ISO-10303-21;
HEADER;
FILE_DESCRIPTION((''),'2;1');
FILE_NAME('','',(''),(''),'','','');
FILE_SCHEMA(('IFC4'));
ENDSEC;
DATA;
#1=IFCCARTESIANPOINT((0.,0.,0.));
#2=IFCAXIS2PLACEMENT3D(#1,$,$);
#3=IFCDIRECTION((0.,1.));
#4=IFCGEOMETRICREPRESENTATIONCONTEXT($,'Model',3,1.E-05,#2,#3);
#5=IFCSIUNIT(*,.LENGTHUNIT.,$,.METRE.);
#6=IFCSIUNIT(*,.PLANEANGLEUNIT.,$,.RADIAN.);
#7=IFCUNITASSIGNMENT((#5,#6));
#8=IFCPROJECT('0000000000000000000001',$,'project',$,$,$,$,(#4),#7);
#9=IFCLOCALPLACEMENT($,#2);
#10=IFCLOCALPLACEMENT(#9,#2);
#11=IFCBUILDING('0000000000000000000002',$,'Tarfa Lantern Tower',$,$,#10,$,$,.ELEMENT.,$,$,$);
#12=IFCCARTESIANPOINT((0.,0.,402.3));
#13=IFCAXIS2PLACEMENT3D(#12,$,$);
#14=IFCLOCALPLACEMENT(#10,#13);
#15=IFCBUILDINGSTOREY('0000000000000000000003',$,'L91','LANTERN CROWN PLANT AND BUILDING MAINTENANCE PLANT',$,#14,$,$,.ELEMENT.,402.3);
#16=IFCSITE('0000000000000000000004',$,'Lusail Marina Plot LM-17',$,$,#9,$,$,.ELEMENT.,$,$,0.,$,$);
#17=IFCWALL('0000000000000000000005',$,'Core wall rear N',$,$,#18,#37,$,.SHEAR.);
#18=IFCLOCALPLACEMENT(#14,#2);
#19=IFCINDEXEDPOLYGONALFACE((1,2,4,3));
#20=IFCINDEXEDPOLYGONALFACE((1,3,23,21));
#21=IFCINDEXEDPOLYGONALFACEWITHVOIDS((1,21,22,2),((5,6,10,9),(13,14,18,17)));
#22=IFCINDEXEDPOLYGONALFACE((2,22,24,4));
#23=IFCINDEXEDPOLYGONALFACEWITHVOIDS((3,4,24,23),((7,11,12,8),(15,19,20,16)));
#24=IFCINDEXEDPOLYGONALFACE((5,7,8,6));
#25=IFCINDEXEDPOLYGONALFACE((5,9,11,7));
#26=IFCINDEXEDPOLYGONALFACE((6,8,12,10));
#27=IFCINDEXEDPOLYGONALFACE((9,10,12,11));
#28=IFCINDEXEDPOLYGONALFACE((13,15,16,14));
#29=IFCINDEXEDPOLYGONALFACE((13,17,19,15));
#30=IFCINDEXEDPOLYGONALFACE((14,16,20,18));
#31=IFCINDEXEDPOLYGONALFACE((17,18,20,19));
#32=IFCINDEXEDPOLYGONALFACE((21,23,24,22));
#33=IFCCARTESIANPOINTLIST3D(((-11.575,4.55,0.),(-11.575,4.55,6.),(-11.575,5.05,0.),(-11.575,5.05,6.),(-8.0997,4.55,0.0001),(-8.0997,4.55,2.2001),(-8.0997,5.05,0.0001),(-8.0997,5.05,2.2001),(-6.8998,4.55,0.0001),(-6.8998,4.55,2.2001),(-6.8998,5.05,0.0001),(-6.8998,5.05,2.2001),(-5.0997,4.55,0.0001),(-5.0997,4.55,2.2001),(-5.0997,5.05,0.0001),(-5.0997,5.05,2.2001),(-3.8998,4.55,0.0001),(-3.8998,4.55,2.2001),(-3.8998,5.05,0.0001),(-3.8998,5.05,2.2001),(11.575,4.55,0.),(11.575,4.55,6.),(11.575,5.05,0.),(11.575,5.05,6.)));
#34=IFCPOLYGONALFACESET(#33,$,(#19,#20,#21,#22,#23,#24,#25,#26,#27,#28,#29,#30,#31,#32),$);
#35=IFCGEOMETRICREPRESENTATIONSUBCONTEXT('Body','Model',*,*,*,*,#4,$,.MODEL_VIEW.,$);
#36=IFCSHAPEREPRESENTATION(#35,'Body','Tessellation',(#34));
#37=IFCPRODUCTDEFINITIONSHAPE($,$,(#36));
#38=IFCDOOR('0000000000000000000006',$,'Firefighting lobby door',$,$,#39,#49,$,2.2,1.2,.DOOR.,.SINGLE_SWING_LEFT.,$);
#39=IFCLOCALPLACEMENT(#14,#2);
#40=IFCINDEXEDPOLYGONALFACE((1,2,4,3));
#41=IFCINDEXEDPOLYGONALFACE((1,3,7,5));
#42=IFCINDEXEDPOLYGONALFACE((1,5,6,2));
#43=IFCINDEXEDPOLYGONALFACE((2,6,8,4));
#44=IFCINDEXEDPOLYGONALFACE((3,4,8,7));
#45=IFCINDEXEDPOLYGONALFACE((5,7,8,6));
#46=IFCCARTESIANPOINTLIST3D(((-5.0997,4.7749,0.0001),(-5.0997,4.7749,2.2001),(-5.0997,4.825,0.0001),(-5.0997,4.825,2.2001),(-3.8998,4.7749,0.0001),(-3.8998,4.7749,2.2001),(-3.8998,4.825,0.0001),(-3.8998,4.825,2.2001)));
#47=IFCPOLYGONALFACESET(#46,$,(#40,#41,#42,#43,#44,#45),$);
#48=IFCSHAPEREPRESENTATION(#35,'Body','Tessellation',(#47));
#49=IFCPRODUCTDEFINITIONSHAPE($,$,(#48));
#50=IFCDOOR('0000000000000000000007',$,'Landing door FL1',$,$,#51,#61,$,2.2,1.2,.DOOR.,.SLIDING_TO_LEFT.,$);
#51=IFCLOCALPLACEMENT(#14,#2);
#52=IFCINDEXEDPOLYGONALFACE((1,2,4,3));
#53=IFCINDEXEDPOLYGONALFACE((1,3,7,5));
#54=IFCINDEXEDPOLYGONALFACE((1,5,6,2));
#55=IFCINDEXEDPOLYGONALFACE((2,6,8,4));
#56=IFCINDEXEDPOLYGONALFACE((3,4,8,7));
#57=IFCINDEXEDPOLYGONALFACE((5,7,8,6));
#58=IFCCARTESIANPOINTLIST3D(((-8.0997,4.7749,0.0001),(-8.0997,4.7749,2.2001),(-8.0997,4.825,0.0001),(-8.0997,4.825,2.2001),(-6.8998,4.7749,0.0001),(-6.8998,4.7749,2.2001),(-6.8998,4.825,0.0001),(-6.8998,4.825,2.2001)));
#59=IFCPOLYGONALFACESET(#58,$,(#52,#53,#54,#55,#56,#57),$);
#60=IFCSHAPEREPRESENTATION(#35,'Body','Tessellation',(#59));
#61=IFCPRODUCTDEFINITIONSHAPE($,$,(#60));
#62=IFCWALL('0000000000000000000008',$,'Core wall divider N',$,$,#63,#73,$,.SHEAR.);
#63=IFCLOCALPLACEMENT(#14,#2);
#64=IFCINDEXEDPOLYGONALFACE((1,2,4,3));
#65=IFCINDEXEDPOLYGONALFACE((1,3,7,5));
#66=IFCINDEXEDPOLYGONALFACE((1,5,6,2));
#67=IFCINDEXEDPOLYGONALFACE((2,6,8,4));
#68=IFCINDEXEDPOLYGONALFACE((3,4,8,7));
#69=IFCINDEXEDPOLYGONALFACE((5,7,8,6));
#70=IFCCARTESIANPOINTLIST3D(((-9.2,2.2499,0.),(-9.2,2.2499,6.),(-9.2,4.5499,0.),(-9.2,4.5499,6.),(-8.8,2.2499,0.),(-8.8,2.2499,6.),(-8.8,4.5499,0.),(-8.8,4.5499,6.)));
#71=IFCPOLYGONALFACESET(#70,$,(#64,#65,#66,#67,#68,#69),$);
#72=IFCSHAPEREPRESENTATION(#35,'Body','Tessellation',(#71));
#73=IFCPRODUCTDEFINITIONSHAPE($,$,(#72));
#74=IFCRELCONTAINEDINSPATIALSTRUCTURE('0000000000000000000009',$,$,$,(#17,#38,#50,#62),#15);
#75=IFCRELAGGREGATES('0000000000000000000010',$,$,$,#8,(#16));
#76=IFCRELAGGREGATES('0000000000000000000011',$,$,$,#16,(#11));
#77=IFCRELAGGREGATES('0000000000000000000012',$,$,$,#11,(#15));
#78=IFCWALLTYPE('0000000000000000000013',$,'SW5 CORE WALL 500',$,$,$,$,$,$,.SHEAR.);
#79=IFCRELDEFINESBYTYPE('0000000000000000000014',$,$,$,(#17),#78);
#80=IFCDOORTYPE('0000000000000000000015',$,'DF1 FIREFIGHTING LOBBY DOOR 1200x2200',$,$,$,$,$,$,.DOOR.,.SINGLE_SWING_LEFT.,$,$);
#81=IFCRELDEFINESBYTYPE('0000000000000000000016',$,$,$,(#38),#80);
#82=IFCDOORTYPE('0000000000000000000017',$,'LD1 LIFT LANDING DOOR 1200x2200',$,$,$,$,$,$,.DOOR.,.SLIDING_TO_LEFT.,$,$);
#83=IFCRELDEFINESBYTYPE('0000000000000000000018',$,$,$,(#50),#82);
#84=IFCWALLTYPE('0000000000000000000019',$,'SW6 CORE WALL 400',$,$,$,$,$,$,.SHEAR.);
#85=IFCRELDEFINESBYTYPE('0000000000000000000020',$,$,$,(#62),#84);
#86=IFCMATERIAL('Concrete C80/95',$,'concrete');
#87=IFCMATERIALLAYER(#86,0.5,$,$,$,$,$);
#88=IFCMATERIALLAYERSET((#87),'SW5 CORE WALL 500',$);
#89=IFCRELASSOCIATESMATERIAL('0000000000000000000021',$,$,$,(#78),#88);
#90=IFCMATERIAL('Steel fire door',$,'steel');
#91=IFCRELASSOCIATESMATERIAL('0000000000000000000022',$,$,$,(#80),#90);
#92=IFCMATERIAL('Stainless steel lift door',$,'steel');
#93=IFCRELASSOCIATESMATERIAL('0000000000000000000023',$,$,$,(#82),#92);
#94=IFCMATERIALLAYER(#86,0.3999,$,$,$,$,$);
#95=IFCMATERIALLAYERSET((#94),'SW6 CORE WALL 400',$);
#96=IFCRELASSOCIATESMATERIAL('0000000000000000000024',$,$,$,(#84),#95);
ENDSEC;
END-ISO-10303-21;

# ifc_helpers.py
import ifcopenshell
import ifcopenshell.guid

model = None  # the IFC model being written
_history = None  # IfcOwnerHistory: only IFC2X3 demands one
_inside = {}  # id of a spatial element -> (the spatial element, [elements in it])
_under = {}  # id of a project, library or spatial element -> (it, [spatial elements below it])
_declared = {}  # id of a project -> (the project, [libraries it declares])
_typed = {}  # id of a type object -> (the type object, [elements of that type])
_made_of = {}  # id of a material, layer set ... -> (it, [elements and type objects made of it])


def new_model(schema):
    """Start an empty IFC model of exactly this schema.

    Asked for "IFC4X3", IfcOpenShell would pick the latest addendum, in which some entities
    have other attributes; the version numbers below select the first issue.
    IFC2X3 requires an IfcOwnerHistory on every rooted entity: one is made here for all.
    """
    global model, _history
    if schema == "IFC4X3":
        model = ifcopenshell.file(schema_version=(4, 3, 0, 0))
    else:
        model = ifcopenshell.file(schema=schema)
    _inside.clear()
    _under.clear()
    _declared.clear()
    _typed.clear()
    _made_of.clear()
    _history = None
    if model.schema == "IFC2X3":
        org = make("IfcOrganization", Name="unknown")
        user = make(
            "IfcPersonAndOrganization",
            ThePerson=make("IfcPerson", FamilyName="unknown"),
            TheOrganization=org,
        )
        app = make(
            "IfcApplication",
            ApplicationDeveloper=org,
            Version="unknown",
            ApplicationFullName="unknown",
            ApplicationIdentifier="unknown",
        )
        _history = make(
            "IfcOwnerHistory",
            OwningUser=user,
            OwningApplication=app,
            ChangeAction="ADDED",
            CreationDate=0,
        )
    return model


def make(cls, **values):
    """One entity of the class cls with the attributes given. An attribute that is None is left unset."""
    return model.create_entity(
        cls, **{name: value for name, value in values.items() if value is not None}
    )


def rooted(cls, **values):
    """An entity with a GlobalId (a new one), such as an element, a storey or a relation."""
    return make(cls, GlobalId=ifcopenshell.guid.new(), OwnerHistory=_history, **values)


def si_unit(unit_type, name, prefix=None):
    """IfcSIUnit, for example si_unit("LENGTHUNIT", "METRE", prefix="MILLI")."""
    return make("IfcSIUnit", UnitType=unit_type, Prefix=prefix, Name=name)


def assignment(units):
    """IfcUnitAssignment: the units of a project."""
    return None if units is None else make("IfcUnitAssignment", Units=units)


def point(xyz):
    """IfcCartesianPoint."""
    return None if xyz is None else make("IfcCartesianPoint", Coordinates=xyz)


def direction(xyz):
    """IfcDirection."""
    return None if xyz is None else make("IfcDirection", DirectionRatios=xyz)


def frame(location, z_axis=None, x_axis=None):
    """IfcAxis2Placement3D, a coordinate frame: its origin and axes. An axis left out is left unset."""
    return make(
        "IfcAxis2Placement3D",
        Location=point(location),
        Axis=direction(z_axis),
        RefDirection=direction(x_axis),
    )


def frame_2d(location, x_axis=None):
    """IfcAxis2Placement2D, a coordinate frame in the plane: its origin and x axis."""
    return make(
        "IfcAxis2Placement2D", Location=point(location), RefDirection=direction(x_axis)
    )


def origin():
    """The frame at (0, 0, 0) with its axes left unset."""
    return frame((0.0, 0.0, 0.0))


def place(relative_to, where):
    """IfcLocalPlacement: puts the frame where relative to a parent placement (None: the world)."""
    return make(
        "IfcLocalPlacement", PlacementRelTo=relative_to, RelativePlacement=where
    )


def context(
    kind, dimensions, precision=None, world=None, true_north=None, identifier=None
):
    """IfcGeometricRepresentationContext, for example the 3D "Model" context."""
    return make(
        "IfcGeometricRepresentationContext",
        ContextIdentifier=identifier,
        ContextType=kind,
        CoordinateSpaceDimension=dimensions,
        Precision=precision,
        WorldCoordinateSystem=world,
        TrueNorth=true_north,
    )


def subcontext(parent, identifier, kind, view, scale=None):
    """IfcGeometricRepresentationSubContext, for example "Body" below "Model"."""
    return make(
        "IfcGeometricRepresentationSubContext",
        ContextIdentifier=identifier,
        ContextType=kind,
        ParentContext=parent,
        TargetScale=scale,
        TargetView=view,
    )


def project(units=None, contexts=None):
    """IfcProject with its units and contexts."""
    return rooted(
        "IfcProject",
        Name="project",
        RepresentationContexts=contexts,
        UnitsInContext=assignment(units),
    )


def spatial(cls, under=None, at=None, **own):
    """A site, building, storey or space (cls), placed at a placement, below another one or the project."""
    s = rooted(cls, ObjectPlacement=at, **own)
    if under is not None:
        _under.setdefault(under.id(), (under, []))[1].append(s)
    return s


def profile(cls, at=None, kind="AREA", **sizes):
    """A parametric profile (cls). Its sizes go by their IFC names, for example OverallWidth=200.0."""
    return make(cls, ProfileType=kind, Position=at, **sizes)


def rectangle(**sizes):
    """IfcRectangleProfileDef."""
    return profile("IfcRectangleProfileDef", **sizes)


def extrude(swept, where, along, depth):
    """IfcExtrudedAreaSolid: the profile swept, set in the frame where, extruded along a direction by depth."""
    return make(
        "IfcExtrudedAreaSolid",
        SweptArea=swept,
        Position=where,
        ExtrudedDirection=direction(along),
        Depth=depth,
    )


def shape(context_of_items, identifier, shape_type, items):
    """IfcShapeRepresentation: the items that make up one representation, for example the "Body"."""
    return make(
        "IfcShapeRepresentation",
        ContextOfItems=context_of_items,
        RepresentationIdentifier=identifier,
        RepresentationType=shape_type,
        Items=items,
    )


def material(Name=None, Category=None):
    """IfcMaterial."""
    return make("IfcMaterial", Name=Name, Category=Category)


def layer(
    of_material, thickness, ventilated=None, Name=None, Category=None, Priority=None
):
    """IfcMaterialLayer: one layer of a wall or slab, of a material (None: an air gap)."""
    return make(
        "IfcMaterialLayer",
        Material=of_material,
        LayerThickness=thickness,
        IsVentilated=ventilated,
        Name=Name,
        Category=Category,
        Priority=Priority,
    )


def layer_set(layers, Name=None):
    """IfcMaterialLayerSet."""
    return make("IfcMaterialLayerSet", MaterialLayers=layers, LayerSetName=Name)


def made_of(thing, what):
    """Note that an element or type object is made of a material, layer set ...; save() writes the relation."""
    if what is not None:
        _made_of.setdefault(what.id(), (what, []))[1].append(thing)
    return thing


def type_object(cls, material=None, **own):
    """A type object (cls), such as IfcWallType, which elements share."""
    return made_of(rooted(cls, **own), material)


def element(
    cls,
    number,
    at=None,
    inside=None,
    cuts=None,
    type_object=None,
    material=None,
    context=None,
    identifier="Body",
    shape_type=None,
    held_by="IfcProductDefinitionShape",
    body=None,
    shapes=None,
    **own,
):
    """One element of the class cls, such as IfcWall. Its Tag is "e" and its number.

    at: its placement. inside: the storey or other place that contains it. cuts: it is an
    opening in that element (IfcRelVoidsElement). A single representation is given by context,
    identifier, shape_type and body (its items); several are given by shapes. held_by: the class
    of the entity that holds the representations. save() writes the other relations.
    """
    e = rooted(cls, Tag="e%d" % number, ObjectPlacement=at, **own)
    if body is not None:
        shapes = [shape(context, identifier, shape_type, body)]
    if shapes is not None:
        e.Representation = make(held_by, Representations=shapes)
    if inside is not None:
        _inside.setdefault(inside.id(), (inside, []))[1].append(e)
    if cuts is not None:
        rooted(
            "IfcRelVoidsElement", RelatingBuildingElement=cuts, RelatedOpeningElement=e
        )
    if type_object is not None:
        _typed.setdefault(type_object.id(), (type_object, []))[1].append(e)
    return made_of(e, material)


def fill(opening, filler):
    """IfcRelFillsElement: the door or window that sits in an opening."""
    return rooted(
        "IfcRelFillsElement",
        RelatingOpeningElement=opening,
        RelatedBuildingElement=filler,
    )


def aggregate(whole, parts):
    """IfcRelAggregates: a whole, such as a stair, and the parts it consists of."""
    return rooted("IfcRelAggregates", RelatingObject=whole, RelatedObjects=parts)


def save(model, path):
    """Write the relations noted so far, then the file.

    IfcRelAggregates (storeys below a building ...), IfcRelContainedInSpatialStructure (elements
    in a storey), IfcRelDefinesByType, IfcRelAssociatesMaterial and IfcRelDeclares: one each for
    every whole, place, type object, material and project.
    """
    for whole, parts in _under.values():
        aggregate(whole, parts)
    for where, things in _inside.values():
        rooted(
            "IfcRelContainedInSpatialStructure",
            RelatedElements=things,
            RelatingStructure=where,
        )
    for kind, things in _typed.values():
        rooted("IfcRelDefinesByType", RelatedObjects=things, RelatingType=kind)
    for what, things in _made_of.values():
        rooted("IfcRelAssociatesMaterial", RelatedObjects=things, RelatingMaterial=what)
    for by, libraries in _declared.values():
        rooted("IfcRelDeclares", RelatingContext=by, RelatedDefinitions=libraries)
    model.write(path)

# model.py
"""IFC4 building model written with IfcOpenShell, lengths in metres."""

from ifc_helpers import new_model, si_unit, direction, frame, frame_2d, origin, place, context, subcontext, project, spatial, rectangle, extrude, material, layer, layer_set, type_object, element, fill, save


model = new_model("IFC4")

# Units and contexts
model_context = context("Model", 3, precision=1e-05, world=origin(), true_north=direction((0.0, 1.0)))
body_context = subcontext(model_context, "Body", "Model", "MODEL_VIEW")
ifc_project = project(units=[si_unit("LENGTHUNIT", "METRE"), si_unit("PLANEANGLEUNIT", "RADIAN")], contexts=[model_context])

# Site, building, storey
site_placement = place(None, origin())
site = spatial("IfcSite", under=ifc_project, at=site_placement, Name="Lusail Marina Plot LM-17", CompositionType="ELEMENT", RefElevation=0.0)
building_placement = place(site_placement, origin())
building = spatial("IfcBuilding", under=site, at=building_placement, Name="Tarfa Lantern Tower", CompositionType="ELEMENT")
storey_placement = place(building_placement, frame((0.0, 0.0, 402.3)))
storey = spatial("IfcBuildingStorey", under=building, at=storey_placement, Name="L91", Description="LANTERN CROWN PLANT AND BUILDING MAINTENANCE PLANT", CompositionType="ELEMENT", Elevation=402.3)

# Shared definitions
ifc_material_1 = material(Name="Concrete C80/95", Category="concrete")
ifc_material_2 = material(Name="Steel fire door", Category="steel")
ifc_layer_1 = layer(ifc_material_1, 0.5)
ifc_layer_set_1 = layer_set([ifc_layer_1], Name="SW5 CORE WALL 500")
wall_type_1 = type_object("IfcWallType", Name="SW5 CORE WALL 500", PredefinedType="SHEAR", material=ifc_layer_set_1)

# Wall, openings, doors
wall_1_placement = place(storey_placement, frame((-11.575, 4.8, 0.0), z_axis=(0.0, 0.0, 1.0), x_axis=(1.0, 0.0, 0.0)))
wall_1 = element("IfcWall", 1, at=wall_1_placement, inside=storey, type_object=wall_type_1, Name="Core wall rear N", PredefinedType="SHEAR", context=body_context, shape_type="SweptSolid", body=[
    extrude(rectangle(XDim=23.1499, YDim=0.5, at=frame_2d((11.575, 0.0))), origin(), (0.0, 0.0, 1.0), 6.0),
])
opening_1_placement = place(wall_1_placement, frame((6.4751, 0.0, 0.0)))
opening_1 = element("IfcOpeningElement", 2, at=opening_1_placement, cuts=wall_1, PredefinedType="OPENING", context=body_context, shape_type="SweptSolid", body=[
    extrude(rectangle(XDim=1.2, YDim=2.2, at=frame_2d((0.6001, 1.1001))), frame((0.0, 0.26, 0.0), z_axis=(0.0, -1.0, 0.0), x_axis=(1.0, 0.0, 0.0)), (0.0, 0.0, 1.0), 0.52),
])
opening_2_placement = place(wall_1_placement, frame((3.4751, 0.0, 0.0)))
opening_2 = element("IfcOpeningElement", 3, at=opening_2_placement, cuts=wall_1, PredefinedType="OPENING", context=body_context, shape_type="SweptSolid", body=[
    extrude(rectangle(XDim=1.2, YDim=2.2, at=frame_2d((0.6001, 1.1001))), frame((0.0, 0.26, 0.0), z_axis=(0.0, -1.0, 0.0), x_axis=(1.0, 0.0, 0.0)), (0.0, 0.0, 1.0), 0.52),
])
door_type_1 = type_object("IfcDoorType", Name="DF1 FIREFIGHTING LOBBY DOOR 1200x2200", OperationType="SINGLE_SWING_LEFT", PredefinedType="DOOR", material=ifc_material_2)
door_1_placement = place(opening_1_placement, origin())
door_1 = element("IfcDoor", 4, at=door_1_placement, inside=storey, type_object=door_type_1, Name="Firefighting lobby door", OperationType="SINGLE_SWING_LEFT", OverallHeight=2.2, OverallWidth=1.2, PredefinedType="DOOR", context=body_context, shape_type="SweptSolid", body=[
    extrude(rectangle(XDim=1.2, YDim=2.2, at=frame_2d((0.6001, 1.1001))), frame((0.0, 0.0249, 0.0), z_axis=(0.0, -1.0, 0.0), x_axis=(1.0, 0.0, 0.0)), (0.0, 0.0, 1.0), 0.05),
])
fill(opening_1, door_1)
ifc_material_3 = material(Name="Stainless steel lift door", Category="steel")
door_type_2 = type_object("IfcDoorType", Name="LD1 LIFT LANDING DOOR 1200x2200", OperationType="SLIDING_TO_LEFT", PredefinedType="DOOR", material=ifc_material_3)
door_2_placement = place(opening_2_placement, origin())
door_2 = element("IfcDoor", 5, at=door_2_placement, inside=storey, type_object=door_type_2, Name="Landing door FL1", OperationType="SLIDING_TO_LEFT", OverallHeight=2.2, OverallWidth=1.2, PredefinedType="DOOR", context=body_context, shape_type="SweptSolid", body=[
    extrude(rectangle(XDim=1.2, YDim=2.2, at=frame_2d((0.6001, 1.1001))), frame((0.0, 0.0249, 0.0), z_axis=(0.0, -1.0, 0.0), x_axis=(1.0, 0.0, 0.0)), (0.0, 0.0, 1.0), 0.05),
])
fill(opening_2, door_2)

# Wall
ifc_layer_2 = layer(ifc_material_1, 0.3999)
ifc_layer_set_2 = layer_set([ifc_layer_2], Name="SW6 CORE WALL 400")
wall_type_2 = type_object("IfcWallType", Name="SW6 CORE WALL 400", PredefinedType="SHEAR", material=ifc_layer_set_2)
wall_2_placement = place(storey_placement, frame((-9.0, 2.25, 0.0), z_axis=(0.0, 0.0, 1.0), x_axis=(0.0, 1.0, 0.0)))
element("IfcWall", 6, at=wall_2_placement, inside=storey, type_object=wall_type_2, Name="Core wall divider N", PredefinedType="SHEAR", context=body_context, shape_type="SweptSolid", body=[
    extrude(rectangle(XDim=2.3, YDim=0.3999, at=frame_2d((1.1499, 0.0))), origin(), (0.0, 0.0, 1.0), 6.0),
])

save(model, "model.ifc")
